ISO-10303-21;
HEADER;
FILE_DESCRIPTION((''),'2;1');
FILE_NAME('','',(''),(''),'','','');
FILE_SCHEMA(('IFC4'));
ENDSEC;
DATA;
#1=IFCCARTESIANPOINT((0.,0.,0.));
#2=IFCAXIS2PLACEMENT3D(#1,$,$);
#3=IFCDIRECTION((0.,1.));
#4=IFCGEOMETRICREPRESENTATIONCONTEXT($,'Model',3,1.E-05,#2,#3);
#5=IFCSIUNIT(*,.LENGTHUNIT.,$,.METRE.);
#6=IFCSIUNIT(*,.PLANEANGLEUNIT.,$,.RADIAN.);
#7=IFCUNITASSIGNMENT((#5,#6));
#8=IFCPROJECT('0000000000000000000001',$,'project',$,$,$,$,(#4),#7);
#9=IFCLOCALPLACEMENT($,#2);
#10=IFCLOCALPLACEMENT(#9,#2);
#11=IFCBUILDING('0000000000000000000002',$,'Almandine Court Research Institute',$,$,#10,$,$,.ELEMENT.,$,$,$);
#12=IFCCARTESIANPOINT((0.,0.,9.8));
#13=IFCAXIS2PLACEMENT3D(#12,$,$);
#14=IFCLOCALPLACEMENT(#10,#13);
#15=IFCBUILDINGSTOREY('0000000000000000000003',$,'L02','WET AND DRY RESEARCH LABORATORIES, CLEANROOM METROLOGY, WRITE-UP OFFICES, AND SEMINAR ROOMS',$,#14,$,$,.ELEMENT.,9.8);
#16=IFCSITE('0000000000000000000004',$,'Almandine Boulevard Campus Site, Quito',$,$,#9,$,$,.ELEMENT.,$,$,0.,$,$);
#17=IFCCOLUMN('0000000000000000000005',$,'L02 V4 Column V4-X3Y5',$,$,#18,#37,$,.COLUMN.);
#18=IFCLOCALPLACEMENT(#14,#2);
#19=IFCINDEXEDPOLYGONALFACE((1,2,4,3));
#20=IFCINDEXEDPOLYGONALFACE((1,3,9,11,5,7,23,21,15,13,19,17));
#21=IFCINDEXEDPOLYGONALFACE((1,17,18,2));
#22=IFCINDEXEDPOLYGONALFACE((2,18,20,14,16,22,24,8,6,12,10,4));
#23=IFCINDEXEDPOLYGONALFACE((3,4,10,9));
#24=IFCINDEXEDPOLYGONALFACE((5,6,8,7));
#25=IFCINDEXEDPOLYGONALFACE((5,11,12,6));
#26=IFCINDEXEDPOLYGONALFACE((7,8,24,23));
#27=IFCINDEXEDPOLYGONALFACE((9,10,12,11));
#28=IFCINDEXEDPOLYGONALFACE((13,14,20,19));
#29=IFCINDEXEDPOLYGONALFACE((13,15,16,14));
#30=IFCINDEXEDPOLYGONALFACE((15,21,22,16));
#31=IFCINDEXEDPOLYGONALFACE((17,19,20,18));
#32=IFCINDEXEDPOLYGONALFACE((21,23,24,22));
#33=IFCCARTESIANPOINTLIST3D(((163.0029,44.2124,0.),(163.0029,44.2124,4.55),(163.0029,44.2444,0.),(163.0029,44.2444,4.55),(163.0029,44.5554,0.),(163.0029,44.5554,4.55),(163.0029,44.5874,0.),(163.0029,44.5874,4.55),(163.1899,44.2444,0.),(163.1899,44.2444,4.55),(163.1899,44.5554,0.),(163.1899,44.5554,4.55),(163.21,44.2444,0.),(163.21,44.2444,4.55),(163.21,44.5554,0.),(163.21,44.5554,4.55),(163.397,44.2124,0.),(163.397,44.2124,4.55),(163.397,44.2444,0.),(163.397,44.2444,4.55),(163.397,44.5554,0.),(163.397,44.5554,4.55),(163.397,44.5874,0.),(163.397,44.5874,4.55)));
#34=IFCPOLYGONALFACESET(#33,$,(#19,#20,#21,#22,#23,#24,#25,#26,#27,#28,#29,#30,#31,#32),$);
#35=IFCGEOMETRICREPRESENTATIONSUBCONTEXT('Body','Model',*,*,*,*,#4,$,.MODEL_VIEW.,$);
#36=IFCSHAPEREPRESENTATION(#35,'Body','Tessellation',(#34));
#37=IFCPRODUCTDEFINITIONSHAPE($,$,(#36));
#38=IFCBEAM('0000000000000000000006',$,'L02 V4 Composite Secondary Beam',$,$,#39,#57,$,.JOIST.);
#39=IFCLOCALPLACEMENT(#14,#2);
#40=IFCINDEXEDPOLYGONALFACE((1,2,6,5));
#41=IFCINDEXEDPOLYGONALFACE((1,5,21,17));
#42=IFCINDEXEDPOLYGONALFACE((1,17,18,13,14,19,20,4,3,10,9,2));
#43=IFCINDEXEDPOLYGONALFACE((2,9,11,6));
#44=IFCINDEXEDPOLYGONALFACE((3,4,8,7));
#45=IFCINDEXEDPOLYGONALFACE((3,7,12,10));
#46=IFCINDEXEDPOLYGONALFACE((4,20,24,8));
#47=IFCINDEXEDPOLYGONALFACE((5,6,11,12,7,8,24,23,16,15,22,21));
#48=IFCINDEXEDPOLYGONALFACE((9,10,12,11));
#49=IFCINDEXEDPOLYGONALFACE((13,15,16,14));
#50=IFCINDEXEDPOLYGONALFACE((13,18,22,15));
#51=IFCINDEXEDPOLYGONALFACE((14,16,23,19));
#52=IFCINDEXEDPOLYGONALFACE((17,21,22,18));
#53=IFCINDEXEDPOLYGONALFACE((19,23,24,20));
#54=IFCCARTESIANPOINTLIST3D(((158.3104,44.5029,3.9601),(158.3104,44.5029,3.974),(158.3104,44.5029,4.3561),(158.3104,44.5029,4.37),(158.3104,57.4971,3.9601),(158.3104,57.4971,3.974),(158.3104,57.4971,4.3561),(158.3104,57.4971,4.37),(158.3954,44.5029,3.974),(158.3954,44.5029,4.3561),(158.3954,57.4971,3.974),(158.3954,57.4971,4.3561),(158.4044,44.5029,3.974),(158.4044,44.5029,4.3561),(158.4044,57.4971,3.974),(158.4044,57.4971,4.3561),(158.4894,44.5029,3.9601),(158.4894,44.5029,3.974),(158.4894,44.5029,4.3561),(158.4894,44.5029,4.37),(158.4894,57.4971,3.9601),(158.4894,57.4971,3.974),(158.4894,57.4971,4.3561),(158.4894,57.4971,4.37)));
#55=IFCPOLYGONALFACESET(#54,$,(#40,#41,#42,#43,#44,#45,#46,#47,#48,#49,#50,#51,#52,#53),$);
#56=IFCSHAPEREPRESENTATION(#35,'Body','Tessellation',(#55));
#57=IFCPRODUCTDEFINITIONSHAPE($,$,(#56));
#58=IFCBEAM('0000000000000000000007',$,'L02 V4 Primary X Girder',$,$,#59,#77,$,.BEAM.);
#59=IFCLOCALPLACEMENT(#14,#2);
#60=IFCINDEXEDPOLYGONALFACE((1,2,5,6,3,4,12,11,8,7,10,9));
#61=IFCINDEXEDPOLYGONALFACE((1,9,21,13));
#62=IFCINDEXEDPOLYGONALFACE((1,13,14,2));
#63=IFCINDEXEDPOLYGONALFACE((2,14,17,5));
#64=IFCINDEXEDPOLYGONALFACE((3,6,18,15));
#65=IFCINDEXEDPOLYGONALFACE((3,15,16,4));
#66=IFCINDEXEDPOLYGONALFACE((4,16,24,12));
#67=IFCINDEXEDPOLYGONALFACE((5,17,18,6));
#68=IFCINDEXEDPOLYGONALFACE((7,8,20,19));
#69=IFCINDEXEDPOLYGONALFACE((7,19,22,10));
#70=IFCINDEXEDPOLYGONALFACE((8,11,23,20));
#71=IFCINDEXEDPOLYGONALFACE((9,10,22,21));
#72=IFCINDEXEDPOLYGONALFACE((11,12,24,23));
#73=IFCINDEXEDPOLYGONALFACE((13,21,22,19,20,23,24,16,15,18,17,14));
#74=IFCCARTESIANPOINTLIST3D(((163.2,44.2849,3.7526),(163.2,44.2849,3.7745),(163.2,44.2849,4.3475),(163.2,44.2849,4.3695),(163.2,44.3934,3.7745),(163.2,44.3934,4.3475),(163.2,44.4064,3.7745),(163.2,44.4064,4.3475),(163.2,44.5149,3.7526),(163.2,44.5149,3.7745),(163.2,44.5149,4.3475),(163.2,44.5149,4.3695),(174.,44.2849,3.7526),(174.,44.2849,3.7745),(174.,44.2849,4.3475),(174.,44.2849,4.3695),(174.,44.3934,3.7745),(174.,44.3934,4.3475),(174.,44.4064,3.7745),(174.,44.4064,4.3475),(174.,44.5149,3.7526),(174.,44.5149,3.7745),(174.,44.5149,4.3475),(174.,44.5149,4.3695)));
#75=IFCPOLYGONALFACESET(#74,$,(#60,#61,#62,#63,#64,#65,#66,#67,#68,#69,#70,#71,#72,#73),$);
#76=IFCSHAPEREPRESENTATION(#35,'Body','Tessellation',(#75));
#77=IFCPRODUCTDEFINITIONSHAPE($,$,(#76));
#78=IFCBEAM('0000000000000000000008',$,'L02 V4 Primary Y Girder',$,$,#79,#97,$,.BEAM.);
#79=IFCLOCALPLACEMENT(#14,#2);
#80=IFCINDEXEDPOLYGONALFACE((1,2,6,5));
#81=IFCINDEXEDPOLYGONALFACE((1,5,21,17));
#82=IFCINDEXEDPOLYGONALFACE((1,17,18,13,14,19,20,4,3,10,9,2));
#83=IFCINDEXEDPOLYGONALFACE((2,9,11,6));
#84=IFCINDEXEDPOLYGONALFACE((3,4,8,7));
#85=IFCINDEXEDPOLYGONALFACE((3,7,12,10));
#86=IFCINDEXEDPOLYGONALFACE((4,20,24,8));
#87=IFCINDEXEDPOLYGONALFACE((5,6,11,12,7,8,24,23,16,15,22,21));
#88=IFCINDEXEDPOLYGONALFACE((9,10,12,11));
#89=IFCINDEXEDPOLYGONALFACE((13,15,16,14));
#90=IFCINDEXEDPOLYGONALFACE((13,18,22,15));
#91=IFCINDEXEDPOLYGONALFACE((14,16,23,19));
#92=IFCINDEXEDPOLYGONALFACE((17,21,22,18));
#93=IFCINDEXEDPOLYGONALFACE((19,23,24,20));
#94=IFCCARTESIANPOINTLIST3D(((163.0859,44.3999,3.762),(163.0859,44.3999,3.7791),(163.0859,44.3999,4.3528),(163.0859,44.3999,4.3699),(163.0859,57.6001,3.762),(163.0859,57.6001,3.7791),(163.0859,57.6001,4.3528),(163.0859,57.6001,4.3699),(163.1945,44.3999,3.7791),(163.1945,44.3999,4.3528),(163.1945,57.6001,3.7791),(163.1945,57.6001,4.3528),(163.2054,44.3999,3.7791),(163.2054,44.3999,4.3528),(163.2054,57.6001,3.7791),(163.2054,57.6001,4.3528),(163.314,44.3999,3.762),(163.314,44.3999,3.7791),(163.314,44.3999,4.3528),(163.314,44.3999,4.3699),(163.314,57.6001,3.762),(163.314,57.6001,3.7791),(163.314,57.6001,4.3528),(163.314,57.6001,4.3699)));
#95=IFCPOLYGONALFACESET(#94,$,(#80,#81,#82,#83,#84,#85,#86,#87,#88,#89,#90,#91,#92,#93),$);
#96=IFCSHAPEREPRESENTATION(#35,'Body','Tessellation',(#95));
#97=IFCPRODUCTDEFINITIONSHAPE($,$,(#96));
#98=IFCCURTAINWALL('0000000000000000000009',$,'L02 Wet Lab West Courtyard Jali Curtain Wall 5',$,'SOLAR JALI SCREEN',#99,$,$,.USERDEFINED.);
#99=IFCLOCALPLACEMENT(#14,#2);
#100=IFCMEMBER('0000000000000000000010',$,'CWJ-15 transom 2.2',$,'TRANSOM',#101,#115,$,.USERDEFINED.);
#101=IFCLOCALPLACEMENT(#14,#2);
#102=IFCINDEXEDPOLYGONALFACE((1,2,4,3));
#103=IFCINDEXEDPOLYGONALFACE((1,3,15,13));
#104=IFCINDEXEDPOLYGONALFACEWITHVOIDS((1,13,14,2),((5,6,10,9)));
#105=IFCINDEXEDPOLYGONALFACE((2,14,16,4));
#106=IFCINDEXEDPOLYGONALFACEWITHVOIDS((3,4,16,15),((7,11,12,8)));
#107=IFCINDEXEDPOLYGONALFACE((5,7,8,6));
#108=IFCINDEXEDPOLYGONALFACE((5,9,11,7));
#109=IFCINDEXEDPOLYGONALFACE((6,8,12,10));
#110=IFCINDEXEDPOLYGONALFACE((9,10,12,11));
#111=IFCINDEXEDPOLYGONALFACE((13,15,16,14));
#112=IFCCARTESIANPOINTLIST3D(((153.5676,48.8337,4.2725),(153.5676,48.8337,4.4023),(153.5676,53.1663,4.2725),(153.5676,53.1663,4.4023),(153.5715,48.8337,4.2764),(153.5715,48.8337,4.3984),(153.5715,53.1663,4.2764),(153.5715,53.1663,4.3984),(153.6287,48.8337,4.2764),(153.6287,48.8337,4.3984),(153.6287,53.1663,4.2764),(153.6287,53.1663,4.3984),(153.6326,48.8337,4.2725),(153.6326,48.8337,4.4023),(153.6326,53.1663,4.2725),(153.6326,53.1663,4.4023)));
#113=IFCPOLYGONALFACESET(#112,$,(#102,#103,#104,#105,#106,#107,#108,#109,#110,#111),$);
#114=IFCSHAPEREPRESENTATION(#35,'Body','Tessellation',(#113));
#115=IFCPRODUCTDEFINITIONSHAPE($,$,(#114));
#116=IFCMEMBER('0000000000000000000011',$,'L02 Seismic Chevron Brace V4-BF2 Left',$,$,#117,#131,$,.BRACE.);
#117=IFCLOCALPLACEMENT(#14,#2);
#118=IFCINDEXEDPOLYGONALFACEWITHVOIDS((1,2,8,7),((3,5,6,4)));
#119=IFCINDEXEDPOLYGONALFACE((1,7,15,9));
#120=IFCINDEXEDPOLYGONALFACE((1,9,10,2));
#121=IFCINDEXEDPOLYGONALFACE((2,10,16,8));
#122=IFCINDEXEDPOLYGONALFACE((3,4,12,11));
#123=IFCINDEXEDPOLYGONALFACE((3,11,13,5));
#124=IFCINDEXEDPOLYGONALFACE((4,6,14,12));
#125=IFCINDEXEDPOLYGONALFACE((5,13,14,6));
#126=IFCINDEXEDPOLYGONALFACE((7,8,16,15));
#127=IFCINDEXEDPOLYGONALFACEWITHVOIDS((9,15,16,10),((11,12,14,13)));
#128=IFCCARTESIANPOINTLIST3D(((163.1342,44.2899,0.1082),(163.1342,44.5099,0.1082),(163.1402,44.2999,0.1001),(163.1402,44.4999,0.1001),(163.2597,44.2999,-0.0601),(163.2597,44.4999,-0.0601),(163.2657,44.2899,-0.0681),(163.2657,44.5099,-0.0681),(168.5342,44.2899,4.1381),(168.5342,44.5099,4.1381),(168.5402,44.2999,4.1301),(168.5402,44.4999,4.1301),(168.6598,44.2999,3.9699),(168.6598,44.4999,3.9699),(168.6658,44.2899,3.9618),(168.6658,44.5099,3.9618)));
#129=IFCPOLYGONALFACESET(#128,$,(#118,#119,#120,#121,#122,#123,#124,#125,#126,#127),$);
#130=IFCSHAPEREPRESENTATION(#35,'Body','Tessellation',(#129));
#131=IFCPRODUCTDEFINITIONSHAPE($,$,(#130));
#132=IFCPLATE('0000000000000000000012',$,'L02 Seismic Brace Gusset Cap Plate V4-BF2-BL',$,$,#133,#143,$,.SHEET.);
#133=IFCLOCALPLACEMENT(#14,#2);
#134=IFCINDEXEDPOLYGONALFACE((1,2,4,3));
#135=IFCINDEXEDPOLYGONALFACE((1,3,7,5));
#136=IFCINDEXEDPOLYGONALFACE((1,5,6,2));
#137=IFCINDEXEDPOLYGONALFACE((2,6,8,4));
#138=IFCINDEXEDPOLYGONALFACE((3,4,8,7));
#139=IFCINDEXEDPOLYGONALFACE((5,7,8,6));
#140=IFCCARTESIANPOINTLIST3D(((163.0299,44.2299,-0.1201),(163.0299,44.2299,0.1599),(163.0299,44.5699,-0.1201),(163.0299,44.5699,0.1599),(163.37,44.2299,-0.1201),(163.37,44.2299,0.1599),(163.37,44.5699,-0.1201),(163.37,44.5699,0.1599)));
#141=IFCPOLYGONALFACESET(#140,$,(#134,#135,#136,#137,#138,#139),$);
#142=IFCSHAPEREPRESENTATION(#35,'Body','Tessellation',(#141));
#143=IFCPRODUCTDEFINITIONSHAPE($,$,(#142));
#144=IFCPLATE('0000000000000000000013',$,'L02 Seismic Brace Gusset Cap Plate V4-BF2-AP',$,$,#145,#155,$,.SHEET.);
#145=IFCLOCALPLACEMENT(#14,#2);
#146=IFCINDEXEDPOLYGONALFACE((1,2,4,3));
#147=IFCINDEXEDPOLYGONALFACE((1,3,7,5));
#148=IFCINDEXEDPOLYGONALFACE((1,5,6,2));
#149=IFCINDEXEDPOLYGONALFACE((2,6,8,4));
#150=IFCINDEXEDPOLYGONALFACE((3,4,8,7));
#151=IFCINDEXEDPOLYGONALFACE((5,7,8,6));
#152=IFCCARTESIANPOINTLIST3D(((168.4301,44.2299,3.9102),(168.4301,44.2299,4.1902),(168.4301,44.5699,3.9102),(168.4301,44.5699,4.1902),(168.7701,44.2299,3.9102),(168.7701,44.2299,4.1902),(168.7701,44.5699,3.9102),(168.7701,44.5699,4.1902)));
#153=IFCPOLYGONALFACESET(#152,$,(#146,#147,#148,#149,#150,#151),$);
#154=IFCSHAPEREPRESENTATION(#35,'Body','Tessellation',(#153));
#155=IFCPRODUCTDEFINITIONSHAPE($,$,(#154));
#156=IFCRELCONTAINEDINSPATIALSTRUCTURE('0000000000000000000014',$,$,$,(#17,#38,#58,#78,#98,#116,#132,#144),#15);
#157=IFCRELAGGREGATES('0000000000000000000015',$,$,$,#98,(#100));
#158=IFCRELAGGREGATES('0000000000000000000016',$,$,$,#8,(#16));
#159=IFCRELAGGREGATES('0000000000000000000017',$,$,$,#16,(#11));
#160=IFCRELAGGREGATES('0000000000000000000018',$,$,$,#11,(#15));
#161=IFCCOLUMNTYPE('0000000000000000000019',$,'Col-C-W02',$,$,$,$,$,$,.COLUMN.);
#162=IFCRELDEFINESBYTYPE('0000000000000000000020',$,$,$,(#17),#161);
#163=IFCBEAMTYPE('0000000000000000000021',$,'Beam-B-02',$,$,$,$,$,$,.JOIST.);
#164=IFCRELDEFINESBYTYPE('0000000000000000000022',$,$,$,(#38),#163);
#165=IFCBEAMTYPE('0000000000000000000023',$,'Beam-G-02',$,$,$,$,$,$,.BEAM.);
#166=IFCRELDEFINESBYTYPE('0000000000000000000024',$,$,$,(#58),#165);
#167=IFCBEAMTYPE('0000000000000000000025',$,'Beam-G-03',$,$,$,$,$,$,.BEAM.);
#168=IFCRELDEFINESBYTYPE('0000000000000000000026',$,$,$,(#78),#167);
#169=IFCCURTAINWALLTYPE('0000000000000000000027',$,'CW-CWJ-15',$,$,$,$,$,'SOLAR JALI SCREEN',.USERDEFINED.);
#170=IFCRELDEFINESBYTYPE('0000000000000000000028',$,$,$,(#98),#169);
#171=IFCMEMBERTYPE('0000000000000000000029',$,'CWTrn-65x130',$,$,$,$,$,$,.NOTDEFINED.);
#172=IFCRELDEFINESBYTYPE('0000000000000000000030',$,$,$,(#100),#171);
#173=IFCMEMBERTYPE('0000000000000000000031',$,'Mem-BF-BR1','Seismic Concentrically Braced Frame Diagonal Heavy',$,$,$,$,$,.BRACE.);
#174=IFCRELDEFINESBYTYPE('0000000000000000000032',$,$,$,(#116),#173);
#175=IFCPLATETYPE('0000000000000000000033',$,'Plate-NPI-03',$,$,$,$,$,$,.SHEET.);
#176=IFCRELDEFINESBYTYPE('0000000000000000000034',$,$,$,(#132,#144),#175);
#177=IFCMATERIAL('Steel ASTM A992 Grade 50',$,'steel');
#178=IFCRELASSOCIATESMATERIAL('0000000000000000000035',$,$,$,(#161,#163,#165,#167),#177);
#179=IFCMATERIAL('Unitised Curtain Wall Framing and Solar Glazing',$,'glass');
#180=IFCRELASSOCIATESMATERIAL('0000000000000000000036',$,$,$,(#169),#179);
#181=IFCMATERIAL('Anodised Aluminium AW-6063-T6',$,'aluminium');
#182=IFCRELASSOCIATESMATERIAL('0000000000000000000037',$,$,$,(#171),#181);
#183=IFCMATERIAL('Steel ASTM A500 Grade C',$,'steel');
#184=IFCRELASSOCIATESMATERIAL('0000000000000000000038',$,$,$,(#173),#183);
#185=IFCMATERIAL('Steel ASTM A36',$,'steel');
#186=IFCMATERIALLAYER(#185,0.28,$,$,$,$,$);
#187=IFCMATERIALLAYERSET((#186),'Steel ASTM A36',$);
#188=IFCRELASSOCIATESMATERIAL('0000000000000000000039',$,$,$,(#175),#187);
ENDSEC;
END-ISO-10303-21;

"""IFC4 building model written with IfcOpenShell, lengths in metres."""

from ifc_helpers import new_model, si_unit, direction, frame, origin, origin_2d, place, context, subcontext, project, spatial, rectangle, hollow_rectangle, i_section, extrude, material, layer, layer_set, material_profile, profile_set, type_object, element, aggregate, save


model = new_model("IFC4")

# Units and contexts
model_context = context("Model", 3, precision=1e-05, world=origin(), true_north=direction((0.0, 1.0)))
body_context = subcontext(model_context, "Body", "Model", "MODEL_VIEW")
ifc_project = project(units=[si_unit("LENGTHUNIT", "METRE"), si_unit("PLANEANGLEUNIT", "RADIAN")], contexts=[model_context])

# Site, building, storey
site_placement = place(None, origin())
site = spatial("IfcSite", under=ifc_project, at=site_placement, Name="Almandine Boulevard Campus Site, Quito", CompositionType="ELEMENT", RefElevation=0.0)
building_placement = place(site_placement, origin())
building = spatial("IfcBuilding", under=site, at=building_placement, Name="Almandine Court Research Institute", CompositionType="ELEMENT")
storey_placement = place(building_placement, frame((0.0, 0.0, 9.8)))
storey = spatial("IfcBuildingStorey", under=building, at=storey_placement, Name="L02", Description="WET AND DRY RESEARCH LABORATORIES, CLEANROOM METROLOGY, WRITE-UP OFFICES, AND SEMINAR ROOMS", CompositionType="ELEMENT", Elevation=9.8)

# Column
ifc_material_1 = material(Name="Steel ASTM A992 Grade 50", Category="steel")
ifc_material_profile_1 = material_profile(ifc_material_1, i_section(OverallWidth=0.394, OverallDepth=0.375, WebThickness=0.02, FlangeThickness=0.032, at=origin_2d()), Name="W360x216")
ifc_profile_set_1 = profile_set([ifc_material_profile_1], Name="Steel ASTM A992 Grade 50")
column_type = type_object("IfcColumnType", Name="Col-C-W02", PredefinedType="COLUMN", material=ifc_profile_set_1)
column_placement = place(storey_placement, frame((163.2, 44.3999, 0.0), z_axis=(0.0, 0.0, 1.0), x_axis=(1.0, 0.0, 0.0)))
element("IfcColumn", 1, at=column_placement, inside=storey, type_object=column_type, Name="L02 V4 Column V4-X3Y5", PredefinedType="COLUMN", context=body_context, shape_type="SweptSolid", body=[
    extrude(i_section(OverallWidth=0.394, OverallDepth=0.375, WebThickness=0.02, FlangeThickness=0.032, at=origin_2d()), origin(), (0.0, 0.0, 1.0), 4.55),
])

# Beams
ifc_material_profile_2 = material_profile(ifc_material_1, i_section(OverallWidth=0.179, OverallDepth=0.4099, WebThickness=0.009, FlangeThickness=0.0139, at=origin_2d()), Name="W410x67")
ifc_profile_set_2 = profile_set([ifc_material_profile_2], Name="Steel ASTM A992 Grade 50")
beam_type_1 = type_object("IfcBeamType", Name="Beam-B-02", PredefinedType="JOIST", material=ifc_profile_set_2)
beam_1_placement = place(storey_placement, frame((158.3999, 44.5029, 4.165), z_axis=(0.0, 1.0, 0.0), x_axis=(-1.0, 0.0, 0.0)))
element("IfcBeam", 2, at=beam_1_placement, inside=storey, type_object=beam_type_1, Name="L02 V4 Composite Secondary Beam", PredefinedType="JOIST", context=body_context, shape_type="SweptSolid", body=[
    extrude(i_section(OverallWidth=0.179, OverallDepth=0.4099, WebThickness=0.009, FlangeThickness=0.0139, at=origin_2d()), origin(), (0.0, 0.0, 1.0), 12.9941),
])
ifc_material_profile_3 = material_profile(ifc_material_1, i_section(OverallWidth=0.23, OverallDepth=0.6169, WebThickness=0.0129, FlangeThickness=0.022, at=origin_2d()), Name="W610x140")
ifc_profile_set_3 = profile_set([ifc_material_profile_3], Name="Steel ASTM A992 Grade 50")
beam_type_2 = type_object("IfcBeamType", Name="Beam-G-02", PredefinedType="BEAM", material=ifc_profile_set_3)
beam_2_placement = place(storey_placement, frame((163.2, 44.3999, 4.061), z_axis=(1.0, 0.0, 0.0), x_axis=(0.0, 1.0, 0.0)))
element("IfcBeam", 3, at=beam_2_placement, inside=storey, type_object=beam_type_2, Name="L02 V4 Primary X Girder", PredefinedType="BEAM", context=body_context, shape_type="SweptSolid", body=[
    extrude(i_section(OverallWidth=0.23, OverallDepth=0.6169, WebThickness=0.0129, FlangeThickness=0.022, at=origin_2d()), origin(), (0.0, 0.0, 1.0), 10.8),
])
ifc_material_profile_4 = material_profile(ifc_material_1, i_section(OverallWidth=0.228, OverallDepth=0.6079, WebThickness=0.011, FlangeThickness=0.0171, at=origin_2d()), Name="W610x113")
ifc_profile_set_4 = profile_set([ifc_material_profile_4], Name="Steel ASTM A992 Grade 50")
beam_type_3 = type_object("IfcBeamType", Name="Beam-G-03", PredefinedType="BEAM", material=ifc_profile_set_4)
beam_3_placement = place(storey_placement, frame((163.2, 44.3999, 4.0659), z_axis=(0.0, 1.0, 0.0), x_axis=(-1.0, 0.0, 0.0)))
element("IfcBeam", 4, at=beam_3_placement, inside=storey, type_object=beam_type_3, Name="L02 V4 Primary Y Girder", PredefinedType="BEAM", context=body_context, shape_type="SweptSolid", body=[
    extrude(i_section(OverallWidth=0.228, OverallDepth=0.6079, WebThickness=0.011, FlangeThickness=0.0171, at=origin_2d()), origin(), (0.0, 0.0, 1.0), 13.2002),
])

# Curtain wall, member
ifc_material_2 = material(Name="Unitised Curtain Wall Framing and Solar Glazing", Category="glass")
curtain_wall_type = type_object("IfcCurtainWallType", Name="CW-CWJ-15", ElementType="SOLAR JALI SCREEN", PredefinedType="USERDEFINED", material=ifc_material_2)
curtain_wall_placement = place(storey_placement, origin())
curtain_wall = element("IfcCurtainWall", 5, at=curtain_wall_placement, inside=storey, type_object=curtain_wall_type, Name="L02 Wet Lab West Courtyard Jali Curtain Wall 5", ObjectType="SOLAR JALI SCREEN", PredefinedType="USERDEFINED")
ifc_material_3 = material(Name="Anodised Aluminium AW-6063-T6", Category="aluminium")
ifc_material_profile_5 = material_profile(ifc_material_3, hollow_rectangle(XDim=0.0649, YDim=0.1299, WallThickness=0.0039, at=origin_2d()), Name="ALU RHS 65x130x4")
ifc_profile_set_5 = profile_set([ifc_material_profile_5], Name="Anodised Aluminium AW-6063-T6")
member_type_1 = type_object("IfcMemberType", Name="CWTrn-65x130", PredefinedType="NOTDEFINED", material=ifc_profile_set_5)
member_1_placement = place(storey_placement, frame((153.6001, 48.8337, 4.3374), z_axis=(0.0, 1.0, 0.0), x_axis=(-1.0, 0.0, 0.0)))
member_1 = element("IfcMember", 6, at=member_1_placement, type_object=member_type_1, Name="CWJ-15 transom 2.2", ObjectType="TRANSOM", PredefinedType="USERDEFINED", context=body_context, shape_type="SweptSolid", body=[
    extrude(hollow_rectangle(XDim=0.0649, YDim=0.1299, WallThickness=0.0039, at=origin_2d()), origin(), (0.0, 0.0, 1.0), 4.3325),
])
aggregate(curtain_wall, [member_1])

# Member
ifc_material_4 = material(Name="Steel ASTM A500 Grade C", Category="steel")
ifc_material_profile_6 = material_profile(ifc_material_4, hollow_rectangle(XDim=0.22, YDim=0.22, WallThickness=0.01, at=origin_2d()), Name="HSS 220x220x10")
ifc_profile_set_6 = profile_set([ifc_material_profile_6], Name="Steel ASTM A500 Grade C")
member_type_2 = type_object("IfcMemberType", Name="Mem-BF-BR1", Description="Seismic Concentrically Braced Frame Diagonal Heavy", PredefinedType="BRACE", material=ifc_profile_set_6)
member_2_placement = place(storey_placement, frame((163.2, 44.3999, 0.02), z_axis=(0.801428, 0.0, 0.598091), x_axis=(0.0, 1.0, 0.0)))
element("IfcMember", 7, at=member_2_placement, inside=storey, type_object=member_type_2, Name="L02 Seismic Chevron Brace V4-BF2 Left", PredefinedType="BRACE", context=body_context, shape_type="SweptSolid", body=[
    extrude(hollow_rectangle(XDim=0.22, YDim=0.22, WallThickness=0.01, at=origin_2d()), origin(), (0.0, 0.0, 1.0), 6.738),
])

# Plates
ifc_material_5 = material(Name="Steel ASTM A36", Category="steel")
ifc_layer_1 = layer(ifc_material_5, 0.28)
ifc_layer_set_1 = layer_set([ifc_layer_1], Name="Steel ASTM A36")
plate_type = type_object("IfcPlateType", Name="Plate-NPI-03", PredefinedType="SHEET", material=ifc_layer_set_1)
for number, where, z_axis, x_axis, name in (
    (8, (163.2, 44.3999, -0.1201), (0.0, 0.0, 1.0), (1.0, 0.0, 0.0), "L02 Seismic Brace Gusset Cap Plate V4-BF2-BL"),
    (9, (168.6001, 44.3999, 3.9102), (0.0, 0.0, 1.0), (1.0, 0.0, 0.0), "L02 Seismic Brace Gusset Cap Plate V4-BF2-AP"),
):
    element("IfcPlate", number, at=place(storey_placement, frame(where, z_axis=z_axis, x_axis=x_axis)), inside=storey, type_object=plate_type, Name=name, PredefinedType="SHEET", context=body_context, shape_type="SweptSolid", body=[
        extrude(rectangle(XDim=0.3401, YDim=0.3401, at=origin_2d()), origin(), (0.0, 0.0, 1.0), 0.28),
    ])

save(model, "model.ifc")
